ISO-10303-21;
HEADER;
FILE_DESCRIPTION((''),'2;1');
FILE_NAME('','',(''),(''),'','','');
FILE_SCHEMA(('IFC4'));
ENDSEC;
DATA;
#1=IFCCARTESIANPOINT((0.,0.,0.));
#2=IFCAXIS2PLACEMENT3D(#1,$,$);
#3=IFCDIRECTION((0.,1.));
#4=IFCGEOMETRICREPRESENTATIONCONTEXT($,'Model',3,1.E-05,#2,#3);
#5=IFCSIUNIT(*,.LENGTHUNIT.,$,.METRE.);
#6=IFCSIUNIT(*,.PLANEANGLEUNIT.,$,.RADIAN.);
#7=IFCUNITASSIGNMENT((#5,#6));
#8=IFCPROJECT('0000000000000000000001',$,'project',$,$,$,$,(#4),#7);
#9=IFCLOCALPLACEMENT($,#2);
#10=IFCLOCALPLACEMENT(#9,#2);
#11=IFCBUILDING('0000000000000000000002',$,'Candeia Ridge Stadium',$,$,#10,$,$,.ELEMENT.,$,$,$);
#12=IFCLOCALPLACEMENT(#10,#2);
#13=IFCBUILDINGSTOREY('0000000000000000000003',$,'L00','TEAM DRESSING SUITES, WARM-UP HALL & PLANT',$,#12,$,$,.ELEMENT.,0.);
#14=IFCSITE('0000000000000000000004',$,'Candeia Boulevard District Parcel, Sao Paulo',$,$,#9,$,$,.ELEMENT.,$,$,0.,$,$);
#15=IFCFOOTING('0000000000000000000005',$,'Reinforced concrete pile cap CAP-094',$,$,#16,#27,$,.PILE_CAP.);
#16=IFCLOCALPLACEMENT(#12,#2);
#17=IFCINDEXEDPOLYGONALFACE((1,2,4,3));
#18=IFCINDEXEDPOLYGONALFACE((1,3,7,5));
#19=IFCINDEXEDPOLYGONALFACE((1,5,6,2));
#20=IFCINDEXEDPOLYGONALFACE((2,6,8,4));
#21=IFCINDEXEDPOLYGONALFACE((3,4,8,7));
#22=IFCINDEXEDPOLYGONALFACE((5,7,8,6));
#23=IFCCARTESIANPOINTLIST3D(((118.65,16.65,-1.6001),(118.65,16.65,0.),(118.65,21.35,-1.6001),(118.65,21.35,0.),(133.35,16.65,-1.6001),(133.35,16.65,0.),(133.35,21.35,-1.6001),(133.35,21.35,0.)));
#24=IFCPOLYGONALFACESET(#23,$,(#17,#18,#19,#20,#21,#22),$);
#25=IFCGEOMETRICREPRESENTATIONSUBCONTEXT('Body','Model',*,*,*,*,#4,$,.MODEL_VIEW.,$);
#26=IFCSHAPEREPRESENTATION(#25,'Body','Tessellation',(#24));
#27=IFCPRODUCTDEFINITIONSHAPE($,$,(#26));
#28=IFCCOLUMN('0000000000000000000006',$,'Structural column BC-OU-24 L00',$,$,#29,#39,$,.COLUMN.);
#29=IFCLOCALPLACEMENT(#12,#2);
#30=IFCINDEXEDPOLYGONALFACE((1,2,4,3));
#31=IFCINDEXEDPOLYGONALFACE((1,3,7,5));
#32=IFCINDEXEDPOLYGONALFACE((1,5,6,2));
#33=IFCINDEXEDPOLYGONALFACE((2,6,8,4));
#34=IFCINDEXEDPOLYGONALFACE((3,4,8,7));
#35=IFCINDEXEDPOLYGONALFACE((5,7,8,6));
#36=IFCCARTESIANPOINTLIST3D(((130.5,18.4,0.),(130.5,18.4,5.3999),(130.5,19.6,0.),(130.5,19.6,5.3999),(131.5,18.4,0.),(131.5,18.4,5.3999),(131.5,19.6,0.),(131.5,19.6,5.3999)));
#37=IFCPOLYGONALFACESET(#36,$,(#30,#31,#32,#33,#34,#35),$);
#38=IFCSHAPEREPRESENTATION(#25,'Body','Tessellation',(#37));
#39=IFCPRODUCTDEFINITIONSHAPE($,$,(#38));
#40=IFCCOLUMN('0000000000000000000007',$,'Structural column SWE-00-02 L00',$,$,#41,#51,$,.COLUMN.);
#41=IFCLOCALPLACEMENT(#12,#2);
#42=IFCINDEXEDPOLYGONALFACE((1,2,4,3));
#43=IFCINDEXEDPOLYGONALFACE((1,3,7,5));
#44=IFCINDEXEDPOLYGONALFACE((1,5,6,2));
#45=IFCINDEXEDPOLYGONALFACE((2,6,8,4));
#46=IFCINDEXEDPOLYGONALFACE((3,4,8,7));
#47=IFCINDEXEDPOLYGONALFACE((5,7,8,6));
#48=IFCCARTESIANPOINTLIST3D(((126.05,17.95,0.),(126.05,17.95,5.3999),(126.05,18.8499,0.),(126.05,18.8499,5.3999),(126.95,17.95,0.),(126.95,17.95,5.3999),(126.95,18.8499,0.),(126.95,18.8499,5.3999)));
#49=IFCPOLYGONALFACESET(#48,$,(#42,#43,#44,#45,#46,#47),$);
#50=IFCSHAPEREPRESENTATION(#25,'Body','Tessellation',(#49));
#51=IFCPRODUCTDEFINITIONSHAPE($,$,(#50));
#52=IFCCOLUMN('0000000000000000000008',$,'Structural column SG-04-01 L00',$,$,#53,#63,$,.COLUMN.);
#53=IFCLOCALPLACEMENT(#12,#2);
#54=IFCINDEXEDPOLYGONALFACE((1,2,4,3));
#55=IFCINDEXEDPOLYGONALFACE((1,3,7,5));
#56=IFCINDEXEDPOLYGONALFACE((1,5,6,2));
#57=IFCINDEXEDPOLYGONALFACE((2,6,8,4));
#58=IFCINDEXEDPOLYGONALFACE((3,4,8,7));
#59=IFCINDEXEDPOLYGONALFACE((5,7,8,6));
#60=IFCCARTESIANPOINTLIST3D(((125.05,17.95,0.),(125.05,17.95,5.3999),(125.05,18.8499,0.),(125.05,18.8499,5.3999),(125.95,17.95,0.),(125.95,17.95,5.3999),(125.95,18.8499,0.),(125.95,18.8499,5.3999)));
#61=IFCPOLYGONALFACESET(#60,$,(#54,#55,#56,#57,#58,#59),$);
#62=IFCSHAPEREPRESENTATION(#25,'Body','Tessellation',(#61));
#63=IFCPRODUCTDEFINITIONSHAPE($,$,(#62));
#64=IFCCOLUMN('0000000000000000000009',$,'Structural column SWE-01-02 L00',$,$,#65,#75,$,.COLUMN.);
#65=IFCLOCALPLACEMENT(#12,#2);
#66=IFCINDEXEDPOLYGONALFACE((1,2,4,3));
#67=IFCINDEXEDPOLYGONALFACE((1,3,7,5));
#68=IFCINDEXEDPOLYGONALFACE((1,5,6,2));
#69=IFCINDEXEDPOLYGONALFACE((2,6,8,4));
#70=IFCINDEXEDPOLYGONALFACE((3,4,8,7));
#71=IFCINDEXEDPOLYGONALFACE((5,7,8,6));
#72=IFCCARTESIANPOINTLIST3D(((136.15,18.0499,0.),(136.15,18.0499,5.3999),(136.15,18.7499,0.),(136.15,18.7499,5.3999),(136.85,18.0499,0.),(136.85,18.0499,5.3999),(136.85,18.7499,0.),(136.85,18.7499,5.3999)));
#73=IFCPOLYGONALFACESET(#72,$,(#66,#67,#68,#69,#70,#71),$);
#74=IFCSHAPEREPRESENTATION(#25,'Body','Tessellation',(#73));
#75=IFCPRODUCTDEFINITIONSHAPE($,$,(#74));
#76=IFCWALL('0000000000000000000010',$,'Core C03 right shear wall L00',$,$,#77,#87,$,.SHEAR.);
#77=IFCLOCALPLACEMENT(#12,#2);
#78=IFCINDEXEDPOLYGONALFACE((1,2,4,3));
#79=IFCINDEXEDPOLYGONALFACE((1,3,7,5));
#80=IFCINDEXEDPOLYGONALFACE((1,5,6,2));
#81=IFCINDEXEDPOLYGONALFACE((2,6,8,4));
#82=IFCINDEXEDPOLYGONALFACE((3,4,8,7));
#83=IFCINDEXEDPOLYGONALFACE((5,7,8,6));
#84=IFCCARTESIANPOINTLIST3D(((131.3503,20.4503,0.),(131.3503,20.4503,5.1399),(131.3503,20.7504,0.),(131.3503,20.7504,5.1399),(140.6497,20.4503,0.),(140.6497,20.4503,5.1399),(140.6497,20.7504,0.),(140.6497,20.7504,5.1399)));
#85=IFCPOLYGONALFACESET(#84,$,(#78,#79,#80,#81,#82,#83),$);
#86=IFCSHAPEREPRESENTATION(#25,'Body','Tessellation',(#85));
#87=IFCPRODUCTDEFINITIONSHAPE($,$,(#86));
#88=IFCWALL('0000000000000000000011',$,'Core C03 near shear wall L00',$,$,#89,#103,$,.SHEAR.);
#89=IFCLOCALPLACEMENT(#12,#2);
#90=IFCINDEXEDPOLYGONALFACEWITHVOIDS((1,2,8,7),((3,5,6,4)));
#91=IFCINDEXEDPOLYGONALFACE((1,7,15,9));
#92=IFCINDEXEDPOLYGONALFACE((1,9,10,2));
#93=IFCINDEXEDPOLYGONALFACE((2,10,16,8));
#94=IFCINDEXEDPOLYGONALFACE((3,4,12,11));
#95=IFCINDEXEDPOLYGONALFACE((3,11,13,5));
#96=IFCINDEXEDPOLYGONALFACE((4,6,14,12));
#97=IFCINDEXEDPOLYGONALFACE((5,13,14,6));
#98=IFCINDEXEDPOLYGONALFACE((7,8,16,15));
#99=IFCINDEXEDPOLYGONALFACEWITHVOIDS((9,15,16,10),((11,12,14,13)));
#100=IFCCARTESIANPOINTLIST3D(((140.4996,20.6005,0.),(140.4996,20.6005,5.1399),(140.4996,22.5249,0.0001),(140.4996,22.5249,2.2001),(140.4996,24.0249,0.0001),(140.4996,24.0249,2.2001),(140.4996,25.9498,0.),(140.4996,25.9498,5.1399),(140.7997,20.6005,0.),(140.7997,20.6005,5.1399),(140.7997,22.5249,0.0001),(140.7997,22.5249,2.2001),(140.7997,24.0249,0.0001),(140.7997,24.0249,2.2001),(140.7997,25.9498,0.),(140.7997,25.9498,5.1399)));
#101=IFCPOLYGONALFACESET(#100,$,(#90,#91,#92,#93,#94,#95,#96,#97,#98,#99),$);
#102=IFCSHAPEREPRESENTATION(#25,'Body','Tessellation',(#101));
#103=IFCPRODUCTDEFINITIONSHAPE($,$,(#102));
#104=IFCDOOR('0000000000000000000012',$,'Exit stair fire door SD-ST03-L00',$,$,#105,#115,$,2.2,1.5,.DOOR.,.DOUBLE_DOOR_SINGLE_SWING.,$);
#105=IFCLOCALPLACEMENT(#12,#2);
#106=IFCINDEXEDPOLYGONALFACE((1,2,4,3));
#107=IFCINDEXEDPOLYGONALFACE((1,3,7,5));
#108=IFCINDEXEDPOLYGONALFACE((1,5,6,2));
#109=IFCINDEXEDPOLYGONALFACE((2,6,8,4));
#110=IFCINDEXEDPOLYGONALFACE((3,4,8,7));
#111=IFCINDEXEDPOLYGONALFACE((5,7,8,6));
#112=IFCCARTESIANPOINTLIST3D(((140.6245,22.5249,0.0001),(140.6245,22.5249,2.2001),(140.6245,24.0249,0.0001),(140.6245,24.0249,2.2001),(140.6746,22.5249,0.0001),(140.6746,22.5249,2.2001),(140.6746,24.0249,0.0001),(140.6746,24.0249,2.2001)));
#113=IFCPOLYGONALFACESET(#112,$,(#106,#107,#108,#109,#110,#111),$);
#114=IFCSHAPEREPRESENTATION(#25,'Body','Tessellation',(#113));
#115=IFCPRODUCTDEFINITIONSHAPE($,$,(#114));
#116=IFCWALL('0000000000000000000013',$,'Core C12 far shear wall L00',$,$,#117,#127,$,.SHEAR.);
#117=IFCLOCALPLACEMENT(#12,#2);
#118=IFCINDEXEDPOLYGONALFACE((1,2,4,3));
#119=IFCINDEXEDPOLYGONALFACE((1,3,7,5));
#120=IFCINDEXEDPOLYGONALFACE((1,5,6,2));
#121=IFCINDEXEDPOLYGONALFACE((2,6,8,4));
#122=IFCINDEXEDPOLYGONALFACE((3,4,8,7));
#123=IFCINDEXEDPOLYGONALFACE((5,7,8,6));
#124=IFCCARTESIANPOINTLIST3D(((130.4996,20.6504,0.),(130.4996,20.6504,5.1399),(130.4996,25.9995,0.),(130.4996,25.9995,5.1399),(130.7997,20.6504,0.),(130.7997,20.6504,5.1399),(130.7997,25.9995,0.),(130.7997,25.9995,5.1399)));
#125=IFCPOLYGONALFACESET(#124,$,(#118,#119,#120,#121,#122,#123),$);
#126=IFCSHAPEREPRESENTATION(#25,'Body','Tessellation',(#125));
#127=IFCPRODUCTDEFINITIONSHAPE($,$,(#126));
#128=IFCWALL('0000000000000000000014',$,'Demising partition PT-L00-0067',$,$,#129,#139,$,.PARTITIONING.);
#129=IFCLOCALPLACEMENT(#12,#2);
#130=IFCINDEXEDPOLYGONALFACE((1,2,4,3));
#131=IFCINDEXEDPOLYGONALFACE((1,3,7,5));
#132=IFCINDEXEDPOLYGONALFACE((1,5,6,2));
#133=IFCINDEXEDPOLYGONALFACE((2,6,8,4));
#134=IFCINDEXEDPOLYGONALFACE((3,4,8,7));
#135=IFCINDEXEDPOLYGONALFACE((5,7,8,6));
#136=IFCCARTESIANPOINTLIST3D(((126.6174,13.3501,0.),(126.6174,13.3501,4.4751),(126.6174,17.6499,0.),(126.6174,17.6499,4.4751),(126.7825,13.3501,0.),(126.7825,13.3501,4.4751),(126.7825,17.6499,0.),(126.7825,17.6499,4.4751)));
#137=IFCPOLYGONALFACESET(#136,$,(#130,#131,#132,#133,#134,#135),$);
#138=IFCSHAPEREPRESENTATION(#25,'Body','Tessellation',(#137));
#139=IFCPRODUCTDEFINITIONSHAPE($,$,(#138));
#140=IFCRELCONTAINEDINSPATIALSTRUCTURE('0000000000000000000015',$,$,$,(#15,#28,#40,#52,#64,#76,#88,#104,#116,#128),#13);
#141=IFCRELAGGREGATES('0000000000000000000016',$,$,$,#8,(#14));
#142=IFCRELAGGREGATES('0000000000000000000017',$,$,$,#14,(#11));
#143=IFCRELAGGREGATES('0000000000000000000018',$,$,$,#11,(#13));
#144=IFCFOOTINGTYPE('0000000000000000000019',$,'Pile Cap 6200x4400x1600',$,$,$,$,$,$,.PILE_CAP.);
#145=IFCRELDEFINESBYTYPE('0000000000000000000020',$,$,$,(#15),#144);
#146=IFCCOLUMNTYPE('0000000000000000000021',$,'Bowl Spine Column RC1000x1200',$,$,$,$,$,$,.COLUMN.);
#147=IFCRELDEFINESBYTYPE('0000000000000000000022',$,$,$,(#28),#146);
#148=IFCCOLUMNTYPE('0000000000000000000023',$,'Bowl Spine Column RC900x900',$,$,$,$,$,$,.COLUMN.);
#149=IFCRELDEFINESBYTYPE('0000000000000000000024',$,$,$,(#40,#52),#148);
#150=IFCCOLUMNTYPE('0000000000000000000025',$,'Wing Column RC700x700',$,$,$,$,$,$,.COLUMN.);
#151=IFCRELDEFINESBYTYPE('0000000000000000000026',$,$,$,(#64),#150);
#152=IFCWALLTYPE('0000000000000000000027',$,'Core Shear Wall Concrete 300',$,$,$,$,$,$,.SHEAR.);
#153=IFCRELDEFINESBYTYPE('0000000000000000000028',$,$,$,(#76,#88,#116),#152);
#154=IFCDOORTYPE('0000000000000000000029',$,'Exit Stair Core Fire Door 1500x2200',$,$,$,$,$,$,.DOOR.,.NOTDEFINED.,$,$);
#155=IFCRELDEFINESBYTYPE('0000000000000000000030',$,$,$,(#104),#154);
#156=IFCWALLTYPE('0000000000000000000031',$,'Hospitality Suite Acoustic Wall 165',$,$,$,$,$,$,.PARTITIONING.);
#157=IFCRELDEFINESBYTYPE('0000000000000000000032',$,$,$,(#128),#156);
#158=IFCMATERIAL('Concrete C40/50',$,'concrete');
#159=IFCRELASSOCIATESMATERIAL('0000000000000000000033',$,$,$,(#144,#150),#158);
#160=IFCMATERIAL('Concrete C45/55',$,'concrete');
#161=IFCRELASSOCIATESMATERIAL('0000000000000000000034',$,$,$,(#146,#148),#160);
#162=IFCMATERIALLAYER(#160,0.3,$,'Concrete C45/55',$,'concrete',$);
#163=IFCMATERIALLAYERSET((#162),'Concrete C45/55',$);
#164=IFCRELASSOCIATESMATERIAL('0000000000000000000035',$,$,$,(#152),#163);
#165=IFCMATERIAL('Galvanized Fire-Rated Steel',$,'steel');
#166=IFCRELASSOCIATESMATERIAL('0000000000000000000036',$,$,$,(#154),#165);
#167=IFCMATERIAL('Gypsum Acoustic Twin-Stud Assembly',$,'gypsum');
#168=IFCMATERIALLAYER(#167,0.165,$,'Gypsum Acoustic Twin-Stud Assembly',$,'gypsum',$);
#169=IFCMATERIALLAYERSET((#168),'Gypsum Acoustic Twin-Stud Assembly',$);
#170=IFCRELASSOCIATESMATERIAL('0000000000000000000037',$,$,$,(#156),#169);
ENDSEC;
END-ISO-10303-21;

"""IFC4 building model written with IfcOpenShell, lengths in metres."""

from ifc_helpers import new_model, si_unit, direction, frame, frame_2d, origin, origin_2d, place, context, subcontext, project, spatial, rectangle, extrude, material, layer, layer_set, material_profile, profile_set, type_object, element, fill, save


model = new_model("IFC4")

# Units and contexts
model_context = context("Model", 3, precision=1e-05, world=origin(), true_north=direction((0.0, 1.0)))
body_context = subcontext(model_context, "Body", "Model", "MODEL_VIEW")
ifc_project = project(units=[si_unit("LENGTHUNIT", "METRE"), si_unit("PLANEANGLEUNIT", "RADIAN")], contexts=[model_context])

# Site, building, storey
site_placement = place(None, origin())
site = spatial("IfcSite", under=ifc_project, at=site_placement, Name="Candeia Boulevard District Parcel, Sao Paulo", CompositionType="ELEMENT", RefElevation=0.0)
building_placement = place(site_placement, origin())
building = spatial("IfcBuilding", under=site, at=building_placement, Name="Candeia Ridge Stadium", CompositionType="ELEMENT")
storey_placement = place(building_placement, origin())
storey = spatial("IfcBuildingStorey", under=building, at=storey_placement, Name="L00", Description="TEAM DRESSING SUITES, WARM-UP HALL & PLANT", CompositionType="ELEMENT", Elevation=0.0)

# Shared definitions
ifc_material_1 = material(Name="Concrete C40/50", Category="concrete")

# Footing
footing_type_1 = type_object("IfcFootingType", Name="Pile Cap 6200x4400x1600", PredefinedType="PILE_CAP", material=ifc_material_1)
footing_1_placement = place(storey_placement, frame((126.0, 19.0, -1.6001), z_axis=(0.0, 0.0, 1.0), x_axis=(1.0, 0.0, 0.0)))
element("IfcFooting", 1, at=footing_1_placement, inside=storey, type_object=footing_type_1, Name="Reinforced concrete pile cap CAP-094", PredefinedType="PILE_CAP", context=body_context, shape_type="SweptSolid", body=[
    extrude(rectangle(XDim=14.7, YDim=4.7, at=origin_2d()), origin(), (0.0, 0.0, 1.0), 1.6001),
])

# Columns
ifc_material_2 = material(Name="Concrete C45/55", Category="concrete")
ifc_material_profile_1 = material_profile(ifc_material_2, rectangle(XDim=1.0, YDim=1.2, at=origin_2d()), Name="RC1000x1200", Category="concrete")
ifc_profile_set_1 = profile_set([ifc_material_profile_1], Name="Concrete C45/55")
column_type_1 = type_object("IfcColumnType", Name="Bowl Spine Column RC1000x1200", PredefinedType="COLUMN", material=ifc_profile_set_1)
column_1_placement = place(storey_placement, frame((131.0, 19.0, 0.0), z_axis=(0.0, 0.0, 1.0), x_axis=(1.0, 0.0, 0.0)))
element("IfcColumn", 2, at=column_1_placement, inside=storey, type_object=column_type_1, Name="Structural column BC-OU-24 L00", PredefinedType="COLUMN", context=body_context, shape_type="SweptSolid", body=[
    extrude(rectangle(XDim=1.0, YDim=1.2, at=origin_2d()), origin(), (0.0, 0.0, 1.0), 5.3999),
])
ifc_material_profile_2 = material_profile(ifc_material_2, rectangle(XDim=0.8999, YDim=0.8999, at=origin_2d()), Name="RC900x900", Category="concrete")
ifc_profile_set_2 = profile_set([ifc_material_profile_2], Name="Concrete C45/55")
column_type_2 = type_object("IfcColumnType", Name="Bowl Spine Column RC900x900", PredefinedType="COLUMN", material=ifc_profile_set_2)
for number, where, z_axis, x_axis, name in (
    (3, (126.5, 18.3999, 0.0), (0.0, 0.0, 1.0), (1.0, 0.0, 0.0), "Structural column SWE-00-02 L00"),
    (4, (125.5, 18.3999, 0.0), (0.0, 0.0, 1.0), (1.0, 0.0, 0.0), "Structural column SG-04-01 L00"),
):
    element("IfcColumn", number, at=place(storey_placement, frame(where, z_axis=z_axis, x_axis=x_axis)), inside=storey, type_object=column_type_2, Name=name, PredefinedType="COLUMN", context=body_context, shape_type="SweptSolid", body=[
        extrude(rectangle(XDim=0.8999, YDim=0.8999, at=origin_2d()), origin(), (0.0, 0.0, 1.0), 5.3999),
    ])
ifc_material_profile_3 = material_profile(ifc_material_1, rectangle(XDim=0.7, YDim=0.7, at=origin_2d()), Name="RC700x700", Category="concrete")
ifc_profile_set_3 = profile_set([ifc_material_profile_3], Name="Concrete C40/50")
column_type_3 = type_object("IfcColumnType", Name="Wing Column RC700x700", PredefinedType="COLUMN", material=ifc_profile_set_3)
column_2_placement = place(storey_placement, frame((136.5, 18.3999, 0.0), z_axis=(0.0, 0.0, 1.0), x_axis=(1.0, 0.0, 0.0)))
element("IfcColumn", 5, at=column_2_placement, inside=storey, type_object=column_type_3, Name="Structural column SWE-01-02 L00", PredefinedType="COLUMN", context=body_context, shape_type="SweptSolid", body=[
    extrude(rectangle(XDim=0.7, YDim=0.7, at=origin_2d()), origin(), (0.0, 0.0, 1.0), 5.3999),
])

# Wall
ifc_layer_1 = layer(ifc_material_2, 0.3, Name="Concrete C45/55", Category="concrete")
ifc_layer_set_1 = layer_set([ifc_layer_1], Name="Concrete C45/55")
wall_type_1 = type_object("IfcWallType", Name="Core Shear Wall Concrete 300", PredefinedType="SHEAR", material=ifc_layer_set_1)
wall_1_placement = place(storey_placement, frame((131.3503, 20.6003, 0.0), z_axis=(0.0, 0.0, 1.0), x_axis=(1.0, 0.0, 0.0)))
element("IfcWall", 6, at=wall_1_placement, inside=storey, type_object=wall_type_1, Name="Core C03 right shear wall L00", PredefinedType="SHEAR", context=body_context, shape_type="SweptSolid", body=[
    extrude(rectangle(XDim=9.2993, YDim=0.3, at=frame_2d((4.6497, 0.0))), origin(), (0.0, 0.0, 1.0), 5.1399),
])

# Wall, opening, door
wall_2_placement = place(storey_placement, frame((140.6497, 20.6003, 0.0), z_axis=(0.0, 0.0, 1.0), x_axis=(0.0, 1.0, 0.0)))
wall_2 = element("IfcWall", 7, at=wall_2_placement, inside=storey, type_object=wall_type_1, Name="Core C03 near shear wall L00", PredefinedType="SHEAR", context=body_context, shape_type="SweptSolid", body=[
    extrude(rectangle(XDim=5.3494, YDim=0.3, at=frame_2d((2.6748, 0.0))), origin(), (0.0, 0.0, 1.0), 5.1399),
])
opening_placement = place(wall_2_placement, frame((1.9246, 0.0, 0.0)))
opening = element("IfcOpeningElement", 8, at=opening_placement, cuts=wall_2, PredefinedType="OPENING", context=body_context, shape_type="SweptSolid", body=[
    extrude(rectangle(XDim=1.5, YDim=2.2, at=frame_2d((0.75, 1.1001))), frame((0.0, 0.1599, 0.0), z_axis=(0.0, -1.0, 0.0), x_axis=(1.0, 0.0, 0.0)), (0.0, 0.0, 1.0), 0.3201),
])
ifc_material_3 = material(Name="Galvanized Fire-Rated Steel", Category="steel")
door_type = type_object("IfcDoorType", Name="Exit Stair Core Fire Door 1500x2200", OperationType="NOTDEFINED", PredefinedType="DOOR", material=ifc_material_3)
door_placement = place(opening_placement, frame((1.5, 0.0, 0.0), z_axis=(0.0, 0.0, 1.0), x_axis=(-1.0, 0.0, 0.0)))
door = element("IfcDoor", 9, at=door_placement, inside=storey, type_object=door_type, Name="Exit stair fire door SD-ST03-L00", OperationType="DOUBLE_DOOR_SINGLE_SWING", OverallHeight=2.2, OverallWidth=1.5, PredefinedType="DOOR", context=body_context, shape_type="SweptSolid", body=[
    extrude(rectangle(XDim=1.5, YDim=2.2, at=frame_2d((0.75, 1.1001))), frame((0.0, 0.0249, 0.0), z_axis=(0.0, -1.0, 0.0), x_axis=(1.0, 0.0, 0.0)), (0.0, 0.0, 1.0), 0.05),
])
fill(opening, door)

# Walls
wall_3_placement = place(storey_placement, frame((130.6497, 20.6504, 0.0), z_axis=(0.0, 0.0, 1.0), x_axis=(0.0, 1.0, 0.0)))
element("IfcWall", 10, at=wall_3_placement, inside=storey, type_object=wall_type_1, Name="Core C12 far shear wall L00", PredefinedType="SHEAR", context=body_context, shape_type="SweptSolid", body=[
    extrude(rectangle(XDim=5.3491, YDim=0.3, at=frame_2d((2.6746, 0.0))), origin(), (0.0, 0.0, 1.0), 5.1399),
])
ifc_material_4 = material(Name="Gypsum Acoustic Twin-Stud Assembly", Category="gypsum")
ifc_layer_2 = layer(ifc_material_4, 0.165, Name="Gypsum Acoustic Twin-Stud Assembly", Category="gypsum")
ifc_layer_set_2 = layer_set([ifc_layer_2], Name="Gypsum Acoustic Twin-Stud Assembly")
wall_type_2 = type_object("IfcWallType", Name="Hospitality Suite Acoustic Wall 165", PredefinedType="PARTITIONING", material=ifc_layer_set_2)
wall_4_placement = place(storey_placement, frame((126.7, 13.3501, 0.0), z_axis=(0.0, 0.0, 1.0), x_axis=(0.0, 1.0, 0.0)))
element("IfcWall", 11, at=wall_4_placement, inside=storey, type_object=wall_type_2, Name="Demising partition PT-L00-0067", PredefinedType="PARTITIONING", context=body_context, shape_type="SweptSolid", body=[
    extrude(rectangle(XDim=4.2998, YDim=0.165, at=frame_2d((2.1499, 0.0))), origin(), (0.0, 0.0, 1.0), 4.4751),
])

save(model, "model.ifc")
